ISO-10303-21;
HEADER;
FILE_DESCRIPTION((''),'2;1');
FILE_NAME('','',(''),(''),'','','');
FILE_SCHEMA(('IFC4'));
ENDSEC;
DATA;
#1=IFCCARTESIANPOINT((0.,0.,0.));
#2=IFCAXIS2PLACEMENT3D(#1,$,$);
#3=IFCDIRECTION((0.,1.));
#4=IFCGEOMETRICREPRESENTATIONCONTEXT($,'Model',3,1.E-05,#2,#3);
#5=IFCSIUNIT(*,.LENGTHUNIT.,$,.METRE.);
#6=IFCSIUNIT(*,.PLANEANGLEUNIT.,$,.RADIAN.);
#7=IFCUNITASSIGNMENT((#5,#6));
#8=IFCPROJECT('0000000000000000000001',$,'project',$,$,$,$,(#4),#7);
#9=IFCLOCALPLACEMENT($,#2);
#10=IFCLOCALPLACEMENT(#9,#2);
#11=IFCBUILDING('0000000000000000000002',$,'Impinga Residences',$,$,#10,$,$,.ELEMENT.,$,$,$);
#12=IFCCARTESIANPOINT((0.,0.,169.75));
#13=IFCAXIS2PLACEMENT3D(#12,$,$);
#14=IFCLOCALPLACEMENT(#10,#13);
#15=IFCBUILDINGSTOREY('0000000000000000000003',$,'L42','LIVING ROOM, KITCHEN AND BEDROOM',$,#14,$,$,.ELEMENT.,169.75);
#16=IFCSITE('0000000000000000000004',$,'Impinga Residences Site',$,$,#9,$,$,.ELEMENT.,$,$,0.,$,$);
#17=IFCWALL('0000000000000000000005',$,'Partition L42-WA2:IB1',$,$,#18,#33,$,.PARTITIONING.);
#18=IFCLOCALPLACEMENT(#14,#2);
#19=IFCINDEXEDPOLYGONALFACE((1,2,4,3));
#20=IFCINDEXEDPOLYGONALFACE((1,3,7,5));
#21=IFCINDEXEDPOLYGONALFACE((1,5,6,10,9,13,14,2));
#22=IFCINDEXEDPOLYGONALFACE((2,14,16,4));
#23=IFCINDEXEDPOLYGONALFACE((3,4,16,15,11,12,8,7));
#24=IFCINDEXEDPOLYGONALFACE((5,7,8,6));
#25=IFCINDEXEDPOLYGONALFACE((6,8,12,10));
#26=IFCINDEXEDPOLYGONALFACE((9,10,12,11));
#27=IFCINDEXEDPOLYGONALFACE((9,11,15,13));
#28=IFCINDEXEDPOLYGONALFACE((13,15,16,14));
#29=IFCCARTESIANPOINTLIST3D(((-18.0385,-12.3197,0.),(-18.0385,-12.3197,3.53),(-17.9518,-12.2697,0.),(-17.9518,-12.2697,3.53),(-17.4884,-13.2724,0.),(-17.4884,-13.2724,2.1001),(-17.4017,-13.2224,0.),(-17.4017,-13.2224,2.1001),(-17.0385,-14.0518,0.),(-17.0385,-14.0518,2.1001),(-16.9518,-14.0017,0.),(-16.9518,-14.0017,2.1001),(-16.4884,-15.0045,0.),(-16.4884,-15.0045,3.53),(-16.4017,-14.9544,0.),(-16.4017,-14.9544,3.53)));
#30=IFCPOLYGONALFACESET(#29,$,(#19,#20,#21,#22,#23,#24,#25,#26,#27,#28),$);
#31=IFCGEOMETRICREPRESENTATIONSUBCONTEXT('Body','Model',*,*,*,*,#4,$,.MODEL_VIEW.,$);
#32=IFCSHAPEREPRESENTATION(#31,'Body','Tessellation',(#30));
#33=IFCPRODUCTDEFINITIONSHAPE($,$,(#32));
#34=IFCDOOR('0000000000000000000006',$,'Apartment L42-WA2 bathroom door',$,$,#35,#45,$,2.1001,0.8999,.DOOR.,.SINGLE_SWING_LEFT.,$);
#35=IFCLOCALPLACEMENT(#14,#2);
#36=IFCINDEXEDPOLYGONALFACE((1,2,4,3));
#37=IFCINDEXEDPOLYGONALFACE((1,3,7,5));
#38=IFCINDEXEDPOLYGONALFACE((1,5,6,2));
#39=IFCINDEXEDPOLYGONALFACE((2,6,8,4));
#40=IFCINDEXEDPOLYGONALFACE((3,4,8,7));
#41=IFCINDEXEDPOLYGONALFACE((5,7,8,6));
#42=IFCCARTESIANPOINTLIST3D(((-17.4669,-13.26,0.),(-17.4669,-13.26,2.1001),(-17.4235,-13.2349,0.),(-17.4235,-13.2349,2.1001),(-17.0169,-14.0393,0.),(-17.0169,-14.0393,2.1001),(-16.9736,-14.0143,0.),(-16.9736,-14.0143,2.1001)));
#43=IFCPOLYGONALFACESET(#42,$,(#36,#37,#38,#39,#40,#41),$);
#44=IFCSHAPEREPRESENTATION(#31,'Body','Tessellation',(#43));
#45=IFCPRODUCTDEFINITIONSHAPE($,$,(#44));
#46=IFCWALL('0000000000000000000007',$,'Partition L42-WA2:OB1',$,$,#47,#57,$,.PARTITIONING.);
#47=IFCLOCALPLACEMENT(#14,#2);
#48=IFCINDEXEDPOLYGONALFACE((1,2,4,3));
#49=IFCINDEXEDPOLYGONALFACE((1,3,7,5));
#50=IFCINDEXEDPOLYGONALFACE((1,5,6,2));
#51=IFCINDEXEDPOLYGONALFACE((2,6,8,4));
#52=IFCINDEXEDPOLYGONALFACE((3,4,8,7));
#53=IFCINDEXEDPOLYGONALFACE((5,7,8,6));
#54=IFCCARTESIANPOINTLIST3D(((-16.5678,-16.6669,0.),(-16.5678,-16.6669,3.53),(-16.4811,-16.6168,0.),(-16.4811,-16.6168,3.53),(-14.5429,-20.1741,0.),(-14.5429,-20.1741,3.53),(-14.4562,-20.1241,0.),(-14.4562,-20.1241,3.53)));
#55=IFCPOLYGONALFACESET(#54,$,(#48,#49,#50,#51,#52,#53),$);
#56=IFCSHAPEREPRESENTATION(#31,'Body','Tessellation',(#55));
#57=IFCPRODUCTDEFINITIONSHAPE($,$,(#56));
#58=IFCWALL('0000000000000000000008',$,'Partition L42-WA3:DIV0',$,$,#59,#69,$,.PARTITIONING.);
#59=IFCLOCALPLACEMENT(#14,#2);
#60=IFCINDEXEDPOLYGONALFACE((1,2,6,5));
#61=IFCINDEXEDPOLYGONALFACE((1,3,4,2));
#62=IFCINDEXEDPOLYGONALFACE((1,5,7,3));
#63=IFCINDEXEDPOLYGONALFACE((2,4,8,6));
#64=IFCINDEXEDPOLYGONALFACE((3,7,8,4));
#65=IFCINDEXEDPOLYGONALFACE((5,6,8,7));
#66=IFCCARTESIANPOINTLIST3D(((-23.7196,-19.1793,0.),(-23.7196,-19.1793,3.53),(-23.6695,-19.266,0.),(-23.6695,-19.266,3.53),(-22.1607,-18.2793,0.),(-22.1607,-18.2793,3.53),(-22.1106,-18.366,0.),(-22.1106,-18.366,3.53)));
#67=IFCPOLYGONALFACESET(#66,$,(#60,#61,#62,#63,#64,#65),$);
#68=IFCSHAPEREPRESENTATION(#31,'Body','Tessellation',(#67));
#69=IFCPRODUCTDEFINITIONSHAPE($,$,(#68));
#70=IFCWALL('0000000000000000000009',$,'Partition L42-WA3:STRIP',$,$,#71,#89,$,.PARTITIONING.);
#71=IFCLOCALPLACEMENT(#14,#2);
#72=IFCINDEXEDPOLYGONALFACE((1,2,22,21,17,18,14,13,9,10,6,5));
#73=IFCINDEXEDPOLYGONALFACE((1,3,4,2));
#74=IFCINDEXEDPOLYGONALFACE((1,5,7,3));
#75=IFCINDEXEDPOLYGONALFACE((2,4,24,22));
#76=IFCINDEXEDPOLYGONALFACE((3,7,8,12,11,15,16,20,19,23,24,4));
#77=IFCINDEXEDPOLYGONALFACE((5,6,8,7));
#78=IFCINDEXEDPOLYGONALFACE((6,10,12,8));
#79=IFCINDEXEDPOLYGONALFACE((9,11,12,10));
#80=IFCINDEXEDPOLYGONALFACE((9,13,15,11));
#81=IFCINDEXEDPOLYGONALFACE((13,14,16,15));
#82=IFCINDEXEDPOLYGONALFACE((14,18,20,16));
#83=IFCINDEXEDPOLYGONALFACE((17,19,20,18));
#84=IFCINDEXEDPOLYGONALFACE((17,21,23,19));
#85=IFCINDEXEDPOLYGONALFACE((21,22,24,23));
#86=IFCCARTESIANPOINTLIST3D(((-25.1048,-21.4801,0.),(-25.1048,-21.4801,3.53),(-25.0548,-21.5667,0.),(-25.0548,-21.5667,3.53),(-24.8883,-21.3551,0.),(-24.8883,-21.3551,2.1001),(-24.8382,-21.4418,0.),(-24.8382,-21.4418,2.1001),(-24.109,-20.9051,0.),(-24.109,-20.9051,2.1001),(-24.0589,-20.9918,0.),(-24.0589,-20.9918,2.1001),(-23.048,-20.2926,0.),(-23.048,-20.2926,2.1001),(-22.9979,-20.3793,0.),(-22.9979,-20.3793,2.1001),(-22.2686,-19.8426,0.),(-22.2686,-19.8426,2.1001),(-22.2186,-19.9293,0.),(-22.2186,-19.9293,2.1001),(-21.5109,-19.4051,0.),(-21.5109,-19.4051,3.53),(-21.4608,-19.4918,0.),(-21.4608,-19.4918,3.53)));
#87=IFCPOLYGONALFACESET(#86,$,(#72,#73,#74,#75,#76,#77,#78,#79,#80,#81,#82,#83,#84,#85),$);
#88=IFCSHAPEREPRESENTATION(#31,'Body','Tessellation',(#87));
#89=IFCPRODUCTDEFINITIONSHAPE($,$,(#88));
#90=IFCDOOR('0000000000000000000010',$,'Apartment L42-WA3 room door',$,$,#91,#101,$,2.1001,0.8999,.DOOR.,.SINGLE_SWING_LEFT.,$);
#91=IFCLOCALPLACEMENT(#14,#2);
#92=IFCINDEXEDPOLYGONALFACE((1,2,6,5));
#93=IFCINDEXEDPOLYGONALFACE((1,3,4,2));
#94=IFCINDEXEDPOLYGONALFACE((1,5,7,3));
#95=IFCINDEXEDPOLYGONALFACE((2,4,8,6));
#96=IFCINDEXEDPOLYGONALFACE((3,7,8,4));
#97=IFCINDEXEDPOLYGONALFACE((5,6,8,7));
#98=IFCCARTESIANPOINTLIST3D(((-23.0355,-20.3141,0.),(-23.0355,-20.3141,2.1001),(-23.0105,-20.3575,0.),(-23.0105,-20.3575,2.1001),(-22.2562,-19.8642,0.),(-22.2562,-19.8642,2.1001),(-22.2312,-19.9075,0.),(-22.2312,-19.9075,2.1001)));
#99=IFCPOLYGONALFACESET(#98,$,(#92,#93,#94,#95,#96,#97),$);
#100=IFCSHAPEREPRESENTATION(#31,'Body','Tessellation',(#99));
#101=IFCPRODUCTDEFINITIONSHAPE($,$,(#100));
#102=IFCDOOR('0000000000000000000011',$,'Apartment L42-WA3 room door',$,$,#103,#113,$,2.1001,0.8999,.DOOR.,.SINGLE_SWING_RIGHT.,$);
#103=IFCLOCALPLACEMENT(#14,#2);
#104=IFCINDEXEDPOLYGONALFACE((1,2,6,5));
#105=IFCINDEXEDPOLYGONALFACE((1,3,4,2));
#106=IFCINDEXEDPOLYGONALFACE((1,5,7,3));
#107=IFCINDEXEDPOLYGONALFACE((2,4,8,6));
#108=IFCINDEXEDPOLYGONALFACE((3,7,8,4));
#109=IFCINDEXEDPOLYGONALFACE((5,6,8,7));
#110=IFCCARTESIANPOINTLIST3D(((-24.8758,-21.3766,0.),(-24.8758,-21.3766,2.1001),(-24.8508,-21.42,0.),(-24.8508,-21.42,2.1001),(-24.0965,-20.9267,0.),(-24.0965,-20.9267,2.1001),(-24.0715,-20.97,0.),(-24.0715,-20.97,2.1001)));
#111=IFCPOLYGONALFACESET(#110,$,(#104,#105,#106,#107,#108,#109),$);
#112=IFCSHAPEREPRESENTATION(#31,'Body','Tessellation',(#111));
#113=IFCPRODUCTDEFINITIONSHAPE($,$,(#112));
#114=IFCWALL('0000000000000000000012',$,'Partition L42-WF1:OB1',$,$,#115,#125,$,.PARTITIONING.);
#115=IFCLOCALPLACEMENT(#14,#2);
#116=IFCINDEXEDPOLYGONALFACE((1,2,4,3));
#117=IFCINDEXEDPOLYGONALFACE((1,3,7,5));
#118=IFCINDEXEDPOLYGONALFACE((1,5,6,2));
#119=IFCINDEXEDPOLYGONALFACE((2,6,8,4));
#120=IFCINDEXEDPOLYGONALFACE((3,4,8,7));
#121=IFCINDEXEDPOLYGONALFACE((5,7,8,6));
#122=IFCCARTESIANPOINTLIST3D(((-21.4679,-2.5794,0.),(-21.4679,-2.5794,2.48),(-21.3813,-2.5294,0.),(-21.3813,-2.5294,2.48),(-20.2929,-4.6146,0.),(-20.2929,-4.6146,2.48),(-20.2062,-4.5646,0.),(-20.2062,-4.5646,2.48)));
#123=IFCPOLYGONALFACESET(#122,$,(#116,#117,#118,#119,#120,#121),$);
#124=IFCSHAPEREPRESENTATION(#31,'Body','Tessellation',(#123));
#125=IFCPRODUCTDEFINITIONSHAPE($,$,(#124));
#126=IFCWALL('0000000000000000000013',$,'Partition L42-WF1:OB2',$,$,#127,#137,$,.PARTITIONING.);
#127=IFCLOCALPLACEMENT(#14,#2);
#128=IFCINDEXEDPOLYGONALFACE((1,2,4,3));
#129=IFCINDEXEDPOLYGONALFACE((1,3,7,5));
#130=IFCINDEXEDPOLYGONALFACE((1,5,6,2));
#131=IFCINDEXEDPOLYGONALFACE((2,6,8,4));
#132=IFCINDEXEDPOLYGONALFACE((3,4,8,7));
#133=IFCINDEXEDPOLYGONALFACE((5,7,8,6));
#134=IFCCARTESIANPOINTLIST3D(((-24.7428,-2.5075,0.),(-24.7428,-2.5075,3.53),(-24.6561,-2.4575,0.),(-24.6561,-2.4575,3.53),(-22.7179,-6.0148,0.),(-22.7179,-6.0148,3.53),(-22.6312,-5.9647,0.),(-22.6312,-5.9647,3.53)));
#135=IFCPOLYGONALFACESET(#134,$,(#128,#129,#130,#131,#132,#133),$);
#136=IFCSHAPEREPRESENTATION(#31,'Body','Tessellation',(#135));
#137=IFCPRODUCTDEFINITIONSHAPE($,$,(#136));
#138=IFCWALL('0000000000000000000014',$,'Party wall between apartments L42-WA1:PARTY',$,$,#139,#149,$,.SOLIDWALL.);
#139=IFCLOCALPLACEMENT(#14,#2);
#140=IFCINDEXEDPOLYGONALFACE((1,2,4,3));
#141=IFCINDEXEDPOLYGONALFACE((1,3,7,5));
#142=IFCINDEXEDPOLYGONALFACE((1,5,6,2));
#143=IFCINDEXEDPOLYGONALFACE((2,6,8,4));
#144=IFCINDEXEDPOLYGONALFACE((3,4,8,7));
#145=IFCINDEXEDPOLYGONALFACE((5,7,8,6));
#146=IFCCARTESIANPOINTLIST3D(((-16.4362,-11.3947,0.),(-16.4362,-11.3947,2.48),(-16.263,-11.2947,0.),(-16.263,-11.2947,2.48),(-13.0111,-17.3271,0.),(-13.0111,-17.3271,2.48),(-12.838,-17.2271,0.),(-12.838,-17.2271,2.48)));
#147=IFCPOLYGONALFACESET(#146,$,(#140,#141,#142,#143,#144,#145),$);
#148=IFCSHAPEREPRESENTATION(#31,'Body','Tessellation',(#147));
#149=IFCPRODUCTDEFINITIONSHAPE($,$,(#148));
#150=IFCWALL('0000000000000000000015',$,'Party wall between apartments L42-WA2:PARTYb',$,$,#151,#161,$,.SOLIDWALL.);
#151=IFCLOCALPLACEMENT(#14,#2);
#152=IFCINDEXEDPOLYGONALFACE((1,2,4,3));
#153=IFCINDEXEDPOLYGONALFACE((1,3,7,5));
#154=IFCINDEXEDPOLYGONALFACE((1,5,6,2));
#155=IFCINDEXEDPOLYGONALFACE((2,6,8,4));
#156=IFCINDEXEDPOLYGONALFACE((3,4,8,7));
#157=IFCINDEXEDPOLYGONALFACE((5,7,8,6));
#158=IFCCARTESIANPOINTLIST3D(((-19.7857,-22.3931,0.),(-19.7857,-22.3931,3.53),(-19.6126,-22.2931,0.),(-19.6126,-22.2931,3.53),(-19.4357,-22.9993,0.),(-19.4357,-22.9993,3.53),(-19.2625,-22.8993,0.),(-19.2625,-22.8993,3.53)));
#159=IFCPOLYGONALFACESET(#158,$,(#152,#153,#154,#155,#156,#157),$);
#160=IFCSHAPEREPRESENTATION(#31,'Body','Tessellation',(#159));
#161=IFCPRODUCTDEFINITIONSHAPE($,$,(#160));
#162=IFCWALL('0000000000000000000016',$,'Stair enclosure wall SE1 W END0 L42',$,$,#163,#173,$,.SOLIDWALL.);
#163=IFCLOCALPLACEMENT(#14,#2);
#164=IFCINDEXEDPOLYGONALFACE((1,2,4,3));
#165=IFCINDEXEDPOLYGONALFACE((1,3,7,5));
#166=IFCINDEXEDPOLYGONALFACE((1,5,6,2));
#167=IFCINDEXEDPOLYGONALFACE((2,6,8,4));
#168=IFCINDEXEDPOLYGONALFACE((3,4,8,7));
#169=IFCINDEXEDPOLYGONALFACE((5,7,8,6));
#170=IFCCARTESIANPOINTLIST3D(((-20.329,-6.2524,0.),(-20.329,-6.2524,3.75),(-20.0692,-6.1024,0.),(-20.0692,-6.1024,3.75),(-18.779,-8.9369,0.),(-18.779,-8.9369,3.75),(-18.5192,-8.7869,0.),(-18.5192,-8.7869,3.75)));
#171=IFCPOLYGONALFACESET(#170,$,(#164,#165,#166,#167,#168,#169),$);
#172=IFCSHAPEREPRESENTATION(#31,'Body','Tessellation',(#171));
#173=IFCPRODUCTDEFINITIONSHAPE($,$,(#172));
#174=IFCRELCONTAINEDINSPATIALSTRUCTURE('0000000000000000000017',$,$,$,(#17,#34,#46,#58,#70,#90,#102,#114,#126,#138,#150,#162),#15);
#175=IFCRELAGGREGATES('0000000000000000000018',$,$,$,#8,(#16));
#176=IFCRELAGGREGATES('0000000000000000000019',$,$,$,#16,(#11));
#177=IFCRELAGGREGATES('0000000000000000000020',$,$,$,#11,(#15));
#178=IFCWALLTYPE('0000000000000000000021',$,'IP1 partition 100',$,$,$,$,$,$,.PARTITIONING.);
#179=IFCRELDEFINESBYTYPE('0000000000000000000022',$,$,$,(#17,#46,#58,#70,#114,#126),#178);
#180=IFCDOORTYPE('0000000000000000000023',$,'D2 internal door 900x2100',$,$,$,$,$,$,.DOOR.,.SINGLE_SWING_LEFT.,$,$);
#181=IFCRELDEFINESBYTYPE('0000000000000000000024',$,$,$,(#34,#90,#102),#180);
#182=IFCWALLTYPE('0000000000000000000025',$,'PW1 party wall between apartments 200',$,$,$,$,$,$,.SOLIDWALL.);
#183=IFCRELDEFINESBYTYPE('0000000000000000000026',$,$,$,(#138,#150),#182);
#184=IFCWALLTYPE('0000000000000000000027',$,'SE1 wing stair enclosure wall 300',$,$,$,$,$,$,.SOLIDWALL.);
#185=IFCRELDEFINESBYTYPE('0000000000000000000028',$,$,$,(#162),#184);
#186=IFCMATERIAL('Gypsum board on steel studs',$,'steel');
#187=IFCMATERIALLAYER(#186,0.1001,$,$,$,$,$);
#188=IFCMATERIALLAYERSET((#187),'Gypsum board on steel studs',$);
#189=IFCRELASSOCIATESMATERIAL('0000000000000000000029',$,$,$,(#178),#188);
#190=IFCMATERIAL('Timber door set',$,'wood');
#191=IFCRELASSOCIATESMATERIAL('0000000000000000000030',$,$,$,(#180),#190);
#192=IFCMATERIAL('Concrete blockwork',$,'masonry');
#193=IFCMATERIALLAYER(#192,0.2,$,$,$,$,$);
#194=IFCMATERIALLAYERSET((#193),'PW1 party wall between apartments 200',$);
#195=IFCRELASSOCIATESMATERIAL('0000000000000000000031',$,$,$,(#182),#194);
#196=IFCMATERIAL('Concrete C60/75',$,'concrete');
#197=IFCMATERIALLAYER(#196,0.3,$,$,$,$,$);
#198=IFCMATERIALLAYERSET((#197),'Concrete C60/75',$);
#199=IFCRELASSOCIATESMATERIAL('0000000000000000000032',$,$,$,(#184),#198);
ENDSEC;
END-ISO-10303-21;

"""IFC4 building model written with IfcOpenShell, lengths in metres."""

from ifc_helpers import new_model, si_unit, direction, frame, frame_2d, origin, place, context, subcontext, project, spatial, rectangle, extrude, material, layer, layer_set, type_object, element, fill, save


model = new_model("IFC4")

# Units and contexts
model_context = context("Model", 3, precision=1e-05, world=origin(), true_north=direction((0.0, 1.0)))
body_context = subcontext(model_context, "Body", "Model", "MODEL_VIEW")
ifc_project = project(units=[si_unit("LENGTHUNIT", "METRE"), si_unit("PLANEANGLEUNIT", "RADIAN")], contexts=[model_context])

# Site, building, storey
site_placement = place(None, origin())
site = spatial("IfcSite", under=ifc_project, at=site_placement, Name="Impinga Residences Site", CompositionType="ELEMENT", RefElevation=0.0)
building_placement = place(site_placement, origin())
building = spatial("IfcBuilding", under=site, at=building_placement, Name="Impinga Residences", CompositionType="ELEMENT")
storey_placement = place(building_placement, frame((0.0, 0.0, 169.75)))
storey = spatial("IfcBuildingStorey", under=building, at=storey_placement, Name="L42", Description="LIVING ROOM, KITCHEN AND BEDROOM", CompositionType="ELEMENT", Elevation=169.75)

# Shared definitions
ifc_material_1 = material(Name="Concrete C60/75", Category="concrete")

# Shared definitions
ifc_material_2 = material(Name="Concrete blockwork", Category="masonry")
ifc_material_3 = material(Name="Timber door set", Category="wood")

# Shared definitions
ifc_material_4 = material(Name="Gypsum board on steel studs", Category="steel")
ifc_layer_1 = layer(ifc_material_4, 0.1001)
ifc_layer_set_1 = layer_set([ifc_layer_1], Name="Gypsum board on steel studs")
wall_type_1 = type_object("IfcWallType", Name="IP1 partition 100", PredefinedType="PARTITIONING", material=ifc_layer_set_1)

# Shared definitions
door_type_1 = type_object("IfcDoorType", Name="D2 internal door 900x2100", OperationType="SINGLE_SWING_LEFT", PredefinedType="DOOR", material=ifc_material_3)

# Wall, opening, door
wall_1_placement = place(storey_placement, frame((-17.9951, -12.2947, 0.0), z_axis=(0.0, 0.0, 1.0), x_axis=(0.499993, -0.86603, 0.0)))
wall_1 = element("IfcWall", 1, at=wall_1_placement, inside=storey, type_object=wall_type_1, Name="Partition L42-WA2:IB1", PredefinedType="PARTITIONING", context=body_context, shape_type="SweptSolid", body=[
    extrude(rectangle(XDim=3.1001, YDim=0.1001, at=frame_2d((1.55, 0.0))), origin(), (0.0, 0.0, 1.0), 3.53),
])
opening_1_placement = place(wall_1_placement, frame((1.1001, 0.0, 0.0)))
opening_1 = element("IfcOpeningElement", 2, at=opening_1_placement, cuts=wall_1, PredefinedType="OPENING", context=body_context, shape_type="SweptSolid", body=[
    extrude(rectangle(XDim=0.8999, YDim=2.1001, at=frame_2d((0.45, 1.05))), frame((0.0, 0.0601, 0.0), z_axis=(0.0, -1.0, 0.0), x_axis=(1.0, 0.0, 0.0)), (0.0, 0.0, 1.0), 0.1201),
])
door_1_placement = place(opening_1_placement, origin())
door_1 = element("IfcDoor", 3, at=door_1_placement, inside=storey, type_object=door_type_1, Name="Apartment L42-WA2 bathroom door", OperationType="SINGLE_SWING_LEFT", OverallHeight=2.1001, OverallWidth=0.8999, PredefinedType="DOOR", context=body_context, shape_type="SweptSolid", body=[
    extrude(rectangle(XDim=0.8999, YDim=2.1001, at=frame_2d((0.45, 1.05))), frame((0.0, 0.0249, 0.0), z_axis=(0.0, -1.0, 0.0), x_axis=(1.0, 0.0, 0.0)), (0.0, 0.0, 1.0), 0.05),
])
fill(opening_1, door_1)

# Walls
wall_2_placement = place(storey_placement, frame((-16.5244, -16.6418, 0.0), z_axis=(0.0, 0.0, 1.0), x_axis=(0.49999, -0.866031, 0.0)))
element("IfcWall", 4, at=wall_2_placement, inside=storey, type_object=wall_type_1, Name="Partition L42-WA2:OB1", PredefinedType="PARTITIONING", context=body_context, shape_type="SweptSolid", body=[
    extrude(rectangle(XDim=4.0498, YDim=0.1001, at=frame_2d((2.0249, 0.0))), origin(), (0.0, 0.0, 1.0), 3.53),
])
wall_3_placement = place(storey_placement, frame((-22.1357, -18.3228, 0.0), z_axis=(0.0, 0.0, 1.0), x_axis=(-0.866048, -0.499961, 0.0)))
element("IfcWall", 5, at=wall_3_placement, inside=storey, type_object=wall_type_1, Name="Partition L42-WA3:DIV0", PredefinedType="PARTITIONING", context=body_context, shape_type="SweptSolid", body=[
    extrude(rectangle(XDim=1.8, YDim=0.1001, at=frame_2d((0.8999, 0.0))), origin(), (0.0, 0.0, 1.0), 3.53),
])

# Wall, openings, doors
wall_4_placement = place(storey_placement, frame((-21.4858, -19.4485, 0.0), z_axis=(0.0, 0.0, 1.0), x_axis=(-0.86603, -0.499992, 0.0)))
wall_4 = element("IfcWall", 6, at=wall_4_placement, inside=storey, type_object=wall_type_1, Name="Partition L42-WA3:STRIP", PredefinedType="PARTITIONING", context=body_context, shape_type="SweptSolid", body=[
    extrude(rectangle(XDim=4.1499, YDim=0.1001, at=frame_2d((2.075, 0.0))), origin(), (0.0, 0.0, 1.0), 3.53),
])
opening_2_placement = place(wall_4_placement, frame((0.875, 0.0, 0.0)))
opening_2 = element("IfcOpeningElement", 7, at=opening_2_placement, cuts=wall_4, PredefinedType="OPENING", context=body_context, shape_type="SweptSolid", body=[
    extrude(rectangle(XDim=0.8999, YDim=2.1001, at=frame_2d((0.45, 1.05))), frame((0.0, 0.0601, 0.0), z_axis=(0.0, -1.0, 0.0), x_axis=(1.0, 0.0, 0.0)), (0.0, 0.0, 1.0), 0.1201),
])
opening_3_placement = place(wall_4_placement, frame((3.0, 0.0, 0.0)))
opening_3 = element("IfcOpeningElement", 8, at=opening_3_placement, cuts=wall_4, PredefinedType="OPENING", context=body_context, shape_type="SweptSolid", body=[
    extrude(rectangle(XDim=0.8999, YDim=2.1001, at=frame_2d((0.45, 1.05))), frame((0.0, 0.0601, 0.0), z_axis=(0.0, -1.0, 0.0), x_axis=(1.0, 0.0, 0.0)), (0.0, 0.0, 1.0), 0.1201),
])
door_2_placement = place(opening_2_placement, origin())
door_2 = element("IfcDoor", 9, at=door_2_placement, inside=storey, type_object=door_type_1, Name="Apartment L42-WA3 room door", OperationType="SINGLE_SWING_LEFT", OverallHeight=2.1001, OverallWidth=0.8999, PredefinedType="DOOR", context=body_context, shape_type="SweptSolid", body=[
    extrude(rectangle(XDim=0.8999, YDim=2.1001, at=frame_2d((0.45, 1.05))), frame((0.0, 0.0249, 0.0), z_axis=(0.0, -1.0, 0.0), x_axis=(1.0, 0.0, 0.0)), (0.0, 0.0, 1.0), 0.05),
])
fill(opening_2, door_2)
door_3_placement = place(opening_3_placement, origin())
door_3 = element("IfcDoor", 10, at=door_3_placement, inside=storey, type_object=door_type_1, Name="Apartment L42-WA3 room door", OperationType="SINGLE_SWING_RIGHT", OverallHeight=2.1001, OverallWidth=0.8999, PredefinedType="DOOR", context=body_context, shape_type="SweptSolid", body=[
    extrude(rectangle(XDim=0.8999, YDim=2.1001, at=frame_2d((0.45, 1.05))), frame((0.0, 0.0249, 0.0), z_axis=(0.0, -1.0, 0.0), x_axis=(1.0, 0.0, 0.0)), (0.0, 0.0, 1.0), 0.05),
])
fill(opening_3, door_3)

# Walls
wall_5_placement = place(storey_placement, frame((-20.2495, -4.5896, 0.0), z_axis=(0.0, 0.0, 1.0), x_axis=(-0.500016, 0.866016, 0.0)))
element("IfcWall", 11, at=wall_5_placement, inside=storey, type_object=wall_type_1, Name="Partition L42-WF1:OB1", PredefinedType="PARTITIONING", context=body_context, shape_type="SweptSolid", body=[
    extrude(rectangle(XDim=2.3501, YDim=0.1001, at=frame_2d((1.175, 0.0))), origin(), (0.0, 0.0, 1.0), 2.48),
])
wall_6_placement = place(storey_placement, frame((-22.6746, -5.9897, 0.0), z_axis=(0.0, 0.0, 1.0), x_axis=(-0.49999, 0.866031, 0.0)))
element("IfcWall", 12, at=wall_6_placement, inside=storey, type_object=wall_type_1, Name="Partition L42-WF1:OB2", PredefinedType="PARTITIONING", context=body_context, shape_type="SweptSolid", body=[
    extrude(rectangle(XDim=4.0498, YDim=0.1001, at=frame_2d((2.0249, 0.0))), origin(), (0.0, 0.0, 1.0), 3.53),
])
ifc_layer_2 = layer(ifc_material_2, 0.2)
ifc_layer_set_2 = layer_set([ifc_layer_2], Name="PW1 party wall between apartments 200")
wall_type_2 = type_object("IfcWallType", Name="PW1 party wall between apartments 200", PredefinedType="SOLIDWALL", material=ifc_layer_set_2)
wall_7_placement = place(storey_placement, frame((-16.3496, -11.3447, 0.0), z_axis=(0.0, 0.0, 1.0), x_axis=(0.499999, -0.866026, 0.0)))
element("IfcWall", 13, at=wall_7_placement, inside=storey, type_object=wall_type_2, Name="Party wall between apartments L42-WA1:PARTY", PredefinedType="SOLIDWALL", context=body_context, shape_type="SweptSolid", body=[
    extrude(rectangle(XDim=6.8501, YDim=0.2, at=frame_2d((3.425, 0.0))), origin(), (0.0, 0.0, 1.0), 2.48),
])
wall_8_placement = place(storey_placement, frame((-19.6992, -22.343, 0.0), z_axis=(0.0, 0.0, 1.0), x_axis=(0.500115, -0.865959, 0.0)))
element("IfcWall", 14, at=wall_8_placement, inside=storey, type_object=wall_type_2, Name="Party wall between apartments L42-WA2:PARTYb", PredefinedType="SOLIDWALL", context=body_context, shape_type="SweptSolid", body=[
    extrude(rectangle(XDim=0.7, YDim=0.2, at=frame_2d((0.3501, 0.0))), origin(), (0.0, 0.0, 1.0), 3.53),
])
ifc_layer_3 = layer(ifc_material_1, 0.3)
ifc_layer_set_3 = layer_set([ifc_layer_3], Name="Concrete C60/75")
wall_type_3 = type_object("IfcWallType", Name="SE1 wing stair enclosure wall 300", PredefinedType="SOLIDWALL", material=ifc_layer_set_3)
wall_9_placement = place(storey_placement, frame((-18.6492, -8.8618, 0.0), z_axis=(0.0, 0.0, 1.0), x_axis=(-0.500027, 0.86601, 0.0)))
element("IfcWall", 15, at=wall_9_placement, inside=storey, type_object=wall_type_3, Name="Stair enclosure wall SE1 W END0 L42", PredefinedType="SOLIDWALL", context=body_context, shape_type="SweptSolid", body=[
    extrude(rectangle(XDim=3.0999, YDim=0.3, at=frame_2d((1.5498, 0.0))), origin(), (0.0, 0.0, 1.0), 3.75),
])

save(model, "model.ifc")
